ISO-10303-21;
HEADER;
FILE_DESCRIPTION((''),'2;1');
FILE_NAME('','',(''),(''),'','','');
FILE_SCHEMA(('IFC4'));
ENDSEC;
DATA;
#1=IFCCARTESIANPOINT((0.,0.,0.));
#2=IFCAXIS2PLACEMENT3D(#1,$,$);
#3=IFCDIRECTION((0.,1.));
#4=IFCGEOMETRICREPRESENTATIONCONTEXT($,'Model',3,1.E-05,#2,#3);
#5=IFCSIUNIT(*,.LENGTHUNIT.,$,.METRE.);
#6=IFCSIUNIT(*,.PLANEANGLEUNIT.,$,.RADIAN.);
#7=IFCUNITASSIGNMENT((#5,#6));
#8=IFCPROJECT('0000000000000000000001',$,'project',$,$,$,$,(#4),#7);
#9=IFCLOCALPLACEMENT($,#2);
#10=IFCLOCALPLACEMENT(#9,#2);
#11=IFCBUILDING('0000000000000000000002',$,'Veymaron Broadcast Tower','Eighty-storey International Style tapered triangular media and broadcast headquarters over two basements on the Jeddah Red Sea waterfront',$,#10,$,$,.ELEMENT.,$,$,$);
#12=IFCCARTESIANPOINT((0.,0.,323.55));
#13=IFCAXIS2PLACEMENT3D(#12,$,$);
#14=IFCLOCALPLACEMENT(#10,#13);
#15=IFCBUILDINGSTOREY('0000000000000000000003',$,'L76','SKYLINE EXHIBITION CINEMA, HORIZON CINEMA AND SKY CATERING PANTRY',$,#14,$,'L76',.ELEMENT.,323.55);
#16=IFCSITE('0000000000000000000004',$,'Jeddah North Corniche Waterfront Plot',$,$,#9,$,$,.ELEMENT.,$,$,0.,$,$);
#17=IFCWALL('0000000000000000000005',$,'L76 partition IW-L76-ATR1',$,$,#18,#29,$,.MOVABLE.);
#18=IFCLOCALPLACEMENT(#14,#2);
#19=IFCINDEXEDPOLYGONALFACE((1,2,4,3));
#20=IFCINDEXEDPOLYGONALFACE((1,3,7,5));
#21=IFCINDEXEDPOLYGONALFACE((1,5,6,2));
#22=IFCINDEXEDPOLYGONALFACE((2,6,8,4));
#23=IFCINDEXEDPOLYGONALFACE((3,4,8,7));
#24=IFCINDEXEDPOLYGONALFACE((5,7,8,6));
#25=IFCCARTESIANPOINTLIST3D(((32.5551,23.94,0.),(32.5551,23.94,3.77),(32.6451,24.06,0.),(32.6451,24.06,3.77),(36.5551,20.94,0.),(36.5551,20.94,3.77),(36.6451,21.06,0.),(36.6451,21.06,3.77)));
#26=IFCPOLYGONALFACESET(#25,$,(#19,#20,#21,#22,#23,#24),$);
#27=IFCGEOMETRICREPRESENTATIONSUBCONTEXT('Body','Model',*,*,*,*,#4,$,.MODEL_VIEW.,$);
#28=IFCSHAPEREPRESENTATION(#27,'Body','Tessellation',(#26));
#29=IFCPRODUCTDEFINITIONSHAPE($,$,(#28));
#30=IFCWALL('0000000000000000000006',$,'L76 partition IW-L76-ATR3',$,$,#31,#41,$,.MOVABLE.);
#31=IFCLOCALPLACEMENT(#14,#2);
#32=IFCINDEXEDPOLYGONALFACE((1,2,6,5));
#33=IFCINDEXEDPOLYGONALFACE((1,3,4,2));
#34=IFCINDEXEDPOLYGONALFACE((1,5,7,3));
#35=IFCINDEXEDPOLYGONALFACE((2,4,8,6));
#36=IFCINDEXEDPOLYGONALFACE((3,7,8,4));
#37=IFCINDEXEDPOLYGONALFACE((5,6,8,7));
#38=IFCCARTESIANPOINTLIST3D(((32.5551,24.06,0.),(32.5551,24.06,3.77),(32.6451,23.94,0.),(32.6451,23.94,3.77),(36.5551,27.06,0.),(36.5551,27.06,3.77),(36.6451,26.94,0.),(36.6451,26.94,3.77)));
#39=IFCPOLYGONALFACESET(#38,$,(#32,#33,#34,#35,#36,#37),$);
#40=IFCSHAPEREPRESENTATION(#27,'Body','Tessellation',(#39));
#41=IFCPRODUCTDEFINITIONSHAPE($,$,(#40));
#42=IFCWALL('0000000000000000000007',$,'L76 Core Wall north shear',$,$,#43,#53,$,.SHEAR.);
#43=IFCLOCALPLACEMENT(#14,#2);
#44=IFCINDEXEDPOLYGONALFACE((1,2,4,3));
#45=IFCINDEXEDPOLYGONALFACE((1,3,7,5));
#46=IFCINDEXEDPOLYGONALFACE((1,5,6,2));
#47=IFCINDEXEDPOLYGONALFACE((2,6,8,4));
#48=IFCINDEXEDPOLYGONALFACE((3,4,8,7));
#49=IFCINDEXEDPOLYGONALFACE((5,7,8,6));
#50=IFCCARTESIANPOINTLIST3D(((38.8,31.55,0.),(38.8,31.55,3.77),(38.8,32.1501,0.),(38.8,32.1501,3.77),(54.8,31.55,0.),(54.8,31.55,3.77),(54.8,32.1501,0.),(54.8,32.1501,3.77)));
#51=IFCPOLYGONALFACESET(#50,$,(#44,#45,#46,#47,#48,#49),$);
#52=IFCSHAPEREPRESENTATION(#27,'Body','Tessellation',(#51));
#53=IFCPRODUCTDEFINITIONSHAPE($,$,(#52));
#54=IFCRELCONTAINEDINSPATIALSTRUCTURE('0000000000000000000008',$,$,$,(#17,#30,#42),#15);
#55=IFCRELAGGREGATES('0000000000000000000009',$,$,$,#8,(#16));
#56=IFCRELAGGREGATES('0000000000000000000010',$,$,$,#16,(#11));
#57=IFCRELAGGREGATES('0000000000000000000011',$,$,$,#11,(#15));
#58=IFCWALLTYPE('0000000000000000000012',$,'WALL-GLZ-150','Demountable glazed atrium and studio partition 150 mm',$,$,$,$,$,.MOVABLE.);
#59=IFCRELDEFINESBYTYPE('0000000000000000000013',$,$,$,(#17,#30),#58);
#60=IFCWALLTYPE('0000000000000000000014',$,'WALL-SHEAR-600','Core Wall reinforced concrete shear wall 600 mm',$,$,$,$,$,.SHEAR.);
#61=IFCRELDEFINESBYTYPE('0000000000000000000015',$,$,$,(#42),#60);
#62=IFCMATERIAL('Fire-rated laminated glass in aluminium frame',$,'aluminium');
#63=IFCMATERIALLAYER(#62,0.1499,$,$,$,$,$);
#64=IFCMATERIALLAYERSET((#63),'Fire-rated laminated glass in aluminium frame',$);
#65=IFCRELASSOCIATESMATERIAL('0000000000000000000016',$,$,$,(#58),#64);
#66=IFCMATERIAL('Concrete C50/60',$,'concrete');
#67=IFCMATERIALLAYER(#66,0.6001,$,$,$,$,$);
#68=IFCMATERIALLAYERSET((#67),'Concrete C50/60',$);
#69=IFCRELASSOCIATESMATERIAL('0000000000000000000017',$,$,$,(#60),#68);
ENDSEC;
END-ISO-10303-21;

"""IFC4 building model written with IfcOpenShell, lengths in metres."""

from ifc_helpers import new_model, si_unit, direction, frame, frame_2d, origin, place, context, subcontext, project, spatial, rectangle, extrude, material, layer, layer_set, type_object, element, save


model = new_model("IFC4")

# Units and contexts
model_context = context("Model", 3, precision=1e-05, world=origin(), true_north=direction((0.0, 1.0)))
body_context = subcontext(model_context, "Body", "Model", "MODEL_VIEW")
ifc_project = project(units=[si_unit("LENGTHUNIT", "METRE"), si_unit("PLANEANGLEUNIT", "RADIAN")], contexts=[model_context])

# Site, building, storey
site_placement = place(None, origin())
site = spatial("IfcSite", under=ifc_project, at=site_placement, Name="Jeddah North Corniche Waterfront Plot", CompositionType="ELEMENT", RefElevation=0.0)
building_placement = place(site_placement, origin())
building = spatial("IfcBuilding", under=site, at=building_placement, Name="Veymaron Broadcast Tower", Description="Eighty-storey International Style tapered triangular media and broadcast headquarters over two basements on the Jeddah Red Sea waterfront", CompositionType="ELEMENT")
storey_placement = place(building_placement, frame((0.0, 0.0, 323.55)))
storey = spatial("IfcBuildingStorey", under=building, at=storey_placement, Name="L76", Description="SKYLINE EXHIBITION CINEMA, HORIZON CINEMA AND SKY CATERING PANTRY", LongName="L76", CompositionType="ELEMENT", Elevation=323.55)

# Walls
ifc_material_1 = material(Name="Fire-rated laminated glass in aluminium frame", Category="aluminium")
ifc_layer_1 = layer(ifc_material_1, 0.1499)
ifc_layer_set_1 = layer_set([ifc_layer_1], Name="Fire-rated laminated glass in aluminium frame")
wall_type_1 = type_object("IfcWallType", Name="WALL-GLZ-150", Description="Demountable glazed atrium and studio partition 150 mm", PredefinedType="MOVABLE", material=ifc_layer_set_1)
for number, where, z_axis, x_axis, name in (
    (1, (32.6001, 24.0, 0.0), (0.0, 0.0, 1.0), (0.8, -0.6, 0.0), "L76 partition IW-L76-ATR1"),
    (2, (36.6001, 27.0, 0.0), (0.0, 0.0, 1.0), (-0.8, -0.6, 0.0), "L76 partition IW-L76-ATR3"),
):
    element("IfcWall", number, at=place(storey_placement, frame(where, z_axis=z_axis, x_axis=x_axis)), inside=storey, type_object=wall_type_1, Name=name, PredefinedType="MOVABLE", context=body_context, shape_type="SweptSolid", body=[
        extrude(rectangle(XDim=5.0, YDim=0.1499, at=frame_2d((2.5, 0.0))), origin(), (0.0, 0.0, 1.0), 3.77),
    ])
ifc_material_2 = material(Name="Concrete C50/60", Category="concrete")
ifc_layer_2 = layer(ifc_material_2, 0.6001)
ifc_layer_set_2 = layer_set([ifc_layer_2], Name="Concrete C50/60")
wall_type_2 = type_object("IfcWallType", Name="WALL-SHEAR-600", Description="Core Wall reinforced concrete shear wall 600 mm", PredefinedType="SHEAR", material=ifc_layer_set_2)
wall_1_placement = place(storey_placement, frame((38.8, 31.8501, 0.0), z_axis=(0.0, 0.0, 1.0), x_axis=(1.0, 0.0, 0.0)))
element("IfcWall", 3, at=wall_1_placement, inside=storey, type_object=wall_type_2, Name="L76 Core Wall north shear", PredefinedType="SHEAR", context=body_context, shape_type="SweptSolid", body=[
    extrude(rectangle(XDim=16.0, YDim=0.6001, at=frame_2d((8.0, 0.0))), origin(), (0.0, 0.0, 1.0), 3.77),
])

save(model, "model.ifc")
